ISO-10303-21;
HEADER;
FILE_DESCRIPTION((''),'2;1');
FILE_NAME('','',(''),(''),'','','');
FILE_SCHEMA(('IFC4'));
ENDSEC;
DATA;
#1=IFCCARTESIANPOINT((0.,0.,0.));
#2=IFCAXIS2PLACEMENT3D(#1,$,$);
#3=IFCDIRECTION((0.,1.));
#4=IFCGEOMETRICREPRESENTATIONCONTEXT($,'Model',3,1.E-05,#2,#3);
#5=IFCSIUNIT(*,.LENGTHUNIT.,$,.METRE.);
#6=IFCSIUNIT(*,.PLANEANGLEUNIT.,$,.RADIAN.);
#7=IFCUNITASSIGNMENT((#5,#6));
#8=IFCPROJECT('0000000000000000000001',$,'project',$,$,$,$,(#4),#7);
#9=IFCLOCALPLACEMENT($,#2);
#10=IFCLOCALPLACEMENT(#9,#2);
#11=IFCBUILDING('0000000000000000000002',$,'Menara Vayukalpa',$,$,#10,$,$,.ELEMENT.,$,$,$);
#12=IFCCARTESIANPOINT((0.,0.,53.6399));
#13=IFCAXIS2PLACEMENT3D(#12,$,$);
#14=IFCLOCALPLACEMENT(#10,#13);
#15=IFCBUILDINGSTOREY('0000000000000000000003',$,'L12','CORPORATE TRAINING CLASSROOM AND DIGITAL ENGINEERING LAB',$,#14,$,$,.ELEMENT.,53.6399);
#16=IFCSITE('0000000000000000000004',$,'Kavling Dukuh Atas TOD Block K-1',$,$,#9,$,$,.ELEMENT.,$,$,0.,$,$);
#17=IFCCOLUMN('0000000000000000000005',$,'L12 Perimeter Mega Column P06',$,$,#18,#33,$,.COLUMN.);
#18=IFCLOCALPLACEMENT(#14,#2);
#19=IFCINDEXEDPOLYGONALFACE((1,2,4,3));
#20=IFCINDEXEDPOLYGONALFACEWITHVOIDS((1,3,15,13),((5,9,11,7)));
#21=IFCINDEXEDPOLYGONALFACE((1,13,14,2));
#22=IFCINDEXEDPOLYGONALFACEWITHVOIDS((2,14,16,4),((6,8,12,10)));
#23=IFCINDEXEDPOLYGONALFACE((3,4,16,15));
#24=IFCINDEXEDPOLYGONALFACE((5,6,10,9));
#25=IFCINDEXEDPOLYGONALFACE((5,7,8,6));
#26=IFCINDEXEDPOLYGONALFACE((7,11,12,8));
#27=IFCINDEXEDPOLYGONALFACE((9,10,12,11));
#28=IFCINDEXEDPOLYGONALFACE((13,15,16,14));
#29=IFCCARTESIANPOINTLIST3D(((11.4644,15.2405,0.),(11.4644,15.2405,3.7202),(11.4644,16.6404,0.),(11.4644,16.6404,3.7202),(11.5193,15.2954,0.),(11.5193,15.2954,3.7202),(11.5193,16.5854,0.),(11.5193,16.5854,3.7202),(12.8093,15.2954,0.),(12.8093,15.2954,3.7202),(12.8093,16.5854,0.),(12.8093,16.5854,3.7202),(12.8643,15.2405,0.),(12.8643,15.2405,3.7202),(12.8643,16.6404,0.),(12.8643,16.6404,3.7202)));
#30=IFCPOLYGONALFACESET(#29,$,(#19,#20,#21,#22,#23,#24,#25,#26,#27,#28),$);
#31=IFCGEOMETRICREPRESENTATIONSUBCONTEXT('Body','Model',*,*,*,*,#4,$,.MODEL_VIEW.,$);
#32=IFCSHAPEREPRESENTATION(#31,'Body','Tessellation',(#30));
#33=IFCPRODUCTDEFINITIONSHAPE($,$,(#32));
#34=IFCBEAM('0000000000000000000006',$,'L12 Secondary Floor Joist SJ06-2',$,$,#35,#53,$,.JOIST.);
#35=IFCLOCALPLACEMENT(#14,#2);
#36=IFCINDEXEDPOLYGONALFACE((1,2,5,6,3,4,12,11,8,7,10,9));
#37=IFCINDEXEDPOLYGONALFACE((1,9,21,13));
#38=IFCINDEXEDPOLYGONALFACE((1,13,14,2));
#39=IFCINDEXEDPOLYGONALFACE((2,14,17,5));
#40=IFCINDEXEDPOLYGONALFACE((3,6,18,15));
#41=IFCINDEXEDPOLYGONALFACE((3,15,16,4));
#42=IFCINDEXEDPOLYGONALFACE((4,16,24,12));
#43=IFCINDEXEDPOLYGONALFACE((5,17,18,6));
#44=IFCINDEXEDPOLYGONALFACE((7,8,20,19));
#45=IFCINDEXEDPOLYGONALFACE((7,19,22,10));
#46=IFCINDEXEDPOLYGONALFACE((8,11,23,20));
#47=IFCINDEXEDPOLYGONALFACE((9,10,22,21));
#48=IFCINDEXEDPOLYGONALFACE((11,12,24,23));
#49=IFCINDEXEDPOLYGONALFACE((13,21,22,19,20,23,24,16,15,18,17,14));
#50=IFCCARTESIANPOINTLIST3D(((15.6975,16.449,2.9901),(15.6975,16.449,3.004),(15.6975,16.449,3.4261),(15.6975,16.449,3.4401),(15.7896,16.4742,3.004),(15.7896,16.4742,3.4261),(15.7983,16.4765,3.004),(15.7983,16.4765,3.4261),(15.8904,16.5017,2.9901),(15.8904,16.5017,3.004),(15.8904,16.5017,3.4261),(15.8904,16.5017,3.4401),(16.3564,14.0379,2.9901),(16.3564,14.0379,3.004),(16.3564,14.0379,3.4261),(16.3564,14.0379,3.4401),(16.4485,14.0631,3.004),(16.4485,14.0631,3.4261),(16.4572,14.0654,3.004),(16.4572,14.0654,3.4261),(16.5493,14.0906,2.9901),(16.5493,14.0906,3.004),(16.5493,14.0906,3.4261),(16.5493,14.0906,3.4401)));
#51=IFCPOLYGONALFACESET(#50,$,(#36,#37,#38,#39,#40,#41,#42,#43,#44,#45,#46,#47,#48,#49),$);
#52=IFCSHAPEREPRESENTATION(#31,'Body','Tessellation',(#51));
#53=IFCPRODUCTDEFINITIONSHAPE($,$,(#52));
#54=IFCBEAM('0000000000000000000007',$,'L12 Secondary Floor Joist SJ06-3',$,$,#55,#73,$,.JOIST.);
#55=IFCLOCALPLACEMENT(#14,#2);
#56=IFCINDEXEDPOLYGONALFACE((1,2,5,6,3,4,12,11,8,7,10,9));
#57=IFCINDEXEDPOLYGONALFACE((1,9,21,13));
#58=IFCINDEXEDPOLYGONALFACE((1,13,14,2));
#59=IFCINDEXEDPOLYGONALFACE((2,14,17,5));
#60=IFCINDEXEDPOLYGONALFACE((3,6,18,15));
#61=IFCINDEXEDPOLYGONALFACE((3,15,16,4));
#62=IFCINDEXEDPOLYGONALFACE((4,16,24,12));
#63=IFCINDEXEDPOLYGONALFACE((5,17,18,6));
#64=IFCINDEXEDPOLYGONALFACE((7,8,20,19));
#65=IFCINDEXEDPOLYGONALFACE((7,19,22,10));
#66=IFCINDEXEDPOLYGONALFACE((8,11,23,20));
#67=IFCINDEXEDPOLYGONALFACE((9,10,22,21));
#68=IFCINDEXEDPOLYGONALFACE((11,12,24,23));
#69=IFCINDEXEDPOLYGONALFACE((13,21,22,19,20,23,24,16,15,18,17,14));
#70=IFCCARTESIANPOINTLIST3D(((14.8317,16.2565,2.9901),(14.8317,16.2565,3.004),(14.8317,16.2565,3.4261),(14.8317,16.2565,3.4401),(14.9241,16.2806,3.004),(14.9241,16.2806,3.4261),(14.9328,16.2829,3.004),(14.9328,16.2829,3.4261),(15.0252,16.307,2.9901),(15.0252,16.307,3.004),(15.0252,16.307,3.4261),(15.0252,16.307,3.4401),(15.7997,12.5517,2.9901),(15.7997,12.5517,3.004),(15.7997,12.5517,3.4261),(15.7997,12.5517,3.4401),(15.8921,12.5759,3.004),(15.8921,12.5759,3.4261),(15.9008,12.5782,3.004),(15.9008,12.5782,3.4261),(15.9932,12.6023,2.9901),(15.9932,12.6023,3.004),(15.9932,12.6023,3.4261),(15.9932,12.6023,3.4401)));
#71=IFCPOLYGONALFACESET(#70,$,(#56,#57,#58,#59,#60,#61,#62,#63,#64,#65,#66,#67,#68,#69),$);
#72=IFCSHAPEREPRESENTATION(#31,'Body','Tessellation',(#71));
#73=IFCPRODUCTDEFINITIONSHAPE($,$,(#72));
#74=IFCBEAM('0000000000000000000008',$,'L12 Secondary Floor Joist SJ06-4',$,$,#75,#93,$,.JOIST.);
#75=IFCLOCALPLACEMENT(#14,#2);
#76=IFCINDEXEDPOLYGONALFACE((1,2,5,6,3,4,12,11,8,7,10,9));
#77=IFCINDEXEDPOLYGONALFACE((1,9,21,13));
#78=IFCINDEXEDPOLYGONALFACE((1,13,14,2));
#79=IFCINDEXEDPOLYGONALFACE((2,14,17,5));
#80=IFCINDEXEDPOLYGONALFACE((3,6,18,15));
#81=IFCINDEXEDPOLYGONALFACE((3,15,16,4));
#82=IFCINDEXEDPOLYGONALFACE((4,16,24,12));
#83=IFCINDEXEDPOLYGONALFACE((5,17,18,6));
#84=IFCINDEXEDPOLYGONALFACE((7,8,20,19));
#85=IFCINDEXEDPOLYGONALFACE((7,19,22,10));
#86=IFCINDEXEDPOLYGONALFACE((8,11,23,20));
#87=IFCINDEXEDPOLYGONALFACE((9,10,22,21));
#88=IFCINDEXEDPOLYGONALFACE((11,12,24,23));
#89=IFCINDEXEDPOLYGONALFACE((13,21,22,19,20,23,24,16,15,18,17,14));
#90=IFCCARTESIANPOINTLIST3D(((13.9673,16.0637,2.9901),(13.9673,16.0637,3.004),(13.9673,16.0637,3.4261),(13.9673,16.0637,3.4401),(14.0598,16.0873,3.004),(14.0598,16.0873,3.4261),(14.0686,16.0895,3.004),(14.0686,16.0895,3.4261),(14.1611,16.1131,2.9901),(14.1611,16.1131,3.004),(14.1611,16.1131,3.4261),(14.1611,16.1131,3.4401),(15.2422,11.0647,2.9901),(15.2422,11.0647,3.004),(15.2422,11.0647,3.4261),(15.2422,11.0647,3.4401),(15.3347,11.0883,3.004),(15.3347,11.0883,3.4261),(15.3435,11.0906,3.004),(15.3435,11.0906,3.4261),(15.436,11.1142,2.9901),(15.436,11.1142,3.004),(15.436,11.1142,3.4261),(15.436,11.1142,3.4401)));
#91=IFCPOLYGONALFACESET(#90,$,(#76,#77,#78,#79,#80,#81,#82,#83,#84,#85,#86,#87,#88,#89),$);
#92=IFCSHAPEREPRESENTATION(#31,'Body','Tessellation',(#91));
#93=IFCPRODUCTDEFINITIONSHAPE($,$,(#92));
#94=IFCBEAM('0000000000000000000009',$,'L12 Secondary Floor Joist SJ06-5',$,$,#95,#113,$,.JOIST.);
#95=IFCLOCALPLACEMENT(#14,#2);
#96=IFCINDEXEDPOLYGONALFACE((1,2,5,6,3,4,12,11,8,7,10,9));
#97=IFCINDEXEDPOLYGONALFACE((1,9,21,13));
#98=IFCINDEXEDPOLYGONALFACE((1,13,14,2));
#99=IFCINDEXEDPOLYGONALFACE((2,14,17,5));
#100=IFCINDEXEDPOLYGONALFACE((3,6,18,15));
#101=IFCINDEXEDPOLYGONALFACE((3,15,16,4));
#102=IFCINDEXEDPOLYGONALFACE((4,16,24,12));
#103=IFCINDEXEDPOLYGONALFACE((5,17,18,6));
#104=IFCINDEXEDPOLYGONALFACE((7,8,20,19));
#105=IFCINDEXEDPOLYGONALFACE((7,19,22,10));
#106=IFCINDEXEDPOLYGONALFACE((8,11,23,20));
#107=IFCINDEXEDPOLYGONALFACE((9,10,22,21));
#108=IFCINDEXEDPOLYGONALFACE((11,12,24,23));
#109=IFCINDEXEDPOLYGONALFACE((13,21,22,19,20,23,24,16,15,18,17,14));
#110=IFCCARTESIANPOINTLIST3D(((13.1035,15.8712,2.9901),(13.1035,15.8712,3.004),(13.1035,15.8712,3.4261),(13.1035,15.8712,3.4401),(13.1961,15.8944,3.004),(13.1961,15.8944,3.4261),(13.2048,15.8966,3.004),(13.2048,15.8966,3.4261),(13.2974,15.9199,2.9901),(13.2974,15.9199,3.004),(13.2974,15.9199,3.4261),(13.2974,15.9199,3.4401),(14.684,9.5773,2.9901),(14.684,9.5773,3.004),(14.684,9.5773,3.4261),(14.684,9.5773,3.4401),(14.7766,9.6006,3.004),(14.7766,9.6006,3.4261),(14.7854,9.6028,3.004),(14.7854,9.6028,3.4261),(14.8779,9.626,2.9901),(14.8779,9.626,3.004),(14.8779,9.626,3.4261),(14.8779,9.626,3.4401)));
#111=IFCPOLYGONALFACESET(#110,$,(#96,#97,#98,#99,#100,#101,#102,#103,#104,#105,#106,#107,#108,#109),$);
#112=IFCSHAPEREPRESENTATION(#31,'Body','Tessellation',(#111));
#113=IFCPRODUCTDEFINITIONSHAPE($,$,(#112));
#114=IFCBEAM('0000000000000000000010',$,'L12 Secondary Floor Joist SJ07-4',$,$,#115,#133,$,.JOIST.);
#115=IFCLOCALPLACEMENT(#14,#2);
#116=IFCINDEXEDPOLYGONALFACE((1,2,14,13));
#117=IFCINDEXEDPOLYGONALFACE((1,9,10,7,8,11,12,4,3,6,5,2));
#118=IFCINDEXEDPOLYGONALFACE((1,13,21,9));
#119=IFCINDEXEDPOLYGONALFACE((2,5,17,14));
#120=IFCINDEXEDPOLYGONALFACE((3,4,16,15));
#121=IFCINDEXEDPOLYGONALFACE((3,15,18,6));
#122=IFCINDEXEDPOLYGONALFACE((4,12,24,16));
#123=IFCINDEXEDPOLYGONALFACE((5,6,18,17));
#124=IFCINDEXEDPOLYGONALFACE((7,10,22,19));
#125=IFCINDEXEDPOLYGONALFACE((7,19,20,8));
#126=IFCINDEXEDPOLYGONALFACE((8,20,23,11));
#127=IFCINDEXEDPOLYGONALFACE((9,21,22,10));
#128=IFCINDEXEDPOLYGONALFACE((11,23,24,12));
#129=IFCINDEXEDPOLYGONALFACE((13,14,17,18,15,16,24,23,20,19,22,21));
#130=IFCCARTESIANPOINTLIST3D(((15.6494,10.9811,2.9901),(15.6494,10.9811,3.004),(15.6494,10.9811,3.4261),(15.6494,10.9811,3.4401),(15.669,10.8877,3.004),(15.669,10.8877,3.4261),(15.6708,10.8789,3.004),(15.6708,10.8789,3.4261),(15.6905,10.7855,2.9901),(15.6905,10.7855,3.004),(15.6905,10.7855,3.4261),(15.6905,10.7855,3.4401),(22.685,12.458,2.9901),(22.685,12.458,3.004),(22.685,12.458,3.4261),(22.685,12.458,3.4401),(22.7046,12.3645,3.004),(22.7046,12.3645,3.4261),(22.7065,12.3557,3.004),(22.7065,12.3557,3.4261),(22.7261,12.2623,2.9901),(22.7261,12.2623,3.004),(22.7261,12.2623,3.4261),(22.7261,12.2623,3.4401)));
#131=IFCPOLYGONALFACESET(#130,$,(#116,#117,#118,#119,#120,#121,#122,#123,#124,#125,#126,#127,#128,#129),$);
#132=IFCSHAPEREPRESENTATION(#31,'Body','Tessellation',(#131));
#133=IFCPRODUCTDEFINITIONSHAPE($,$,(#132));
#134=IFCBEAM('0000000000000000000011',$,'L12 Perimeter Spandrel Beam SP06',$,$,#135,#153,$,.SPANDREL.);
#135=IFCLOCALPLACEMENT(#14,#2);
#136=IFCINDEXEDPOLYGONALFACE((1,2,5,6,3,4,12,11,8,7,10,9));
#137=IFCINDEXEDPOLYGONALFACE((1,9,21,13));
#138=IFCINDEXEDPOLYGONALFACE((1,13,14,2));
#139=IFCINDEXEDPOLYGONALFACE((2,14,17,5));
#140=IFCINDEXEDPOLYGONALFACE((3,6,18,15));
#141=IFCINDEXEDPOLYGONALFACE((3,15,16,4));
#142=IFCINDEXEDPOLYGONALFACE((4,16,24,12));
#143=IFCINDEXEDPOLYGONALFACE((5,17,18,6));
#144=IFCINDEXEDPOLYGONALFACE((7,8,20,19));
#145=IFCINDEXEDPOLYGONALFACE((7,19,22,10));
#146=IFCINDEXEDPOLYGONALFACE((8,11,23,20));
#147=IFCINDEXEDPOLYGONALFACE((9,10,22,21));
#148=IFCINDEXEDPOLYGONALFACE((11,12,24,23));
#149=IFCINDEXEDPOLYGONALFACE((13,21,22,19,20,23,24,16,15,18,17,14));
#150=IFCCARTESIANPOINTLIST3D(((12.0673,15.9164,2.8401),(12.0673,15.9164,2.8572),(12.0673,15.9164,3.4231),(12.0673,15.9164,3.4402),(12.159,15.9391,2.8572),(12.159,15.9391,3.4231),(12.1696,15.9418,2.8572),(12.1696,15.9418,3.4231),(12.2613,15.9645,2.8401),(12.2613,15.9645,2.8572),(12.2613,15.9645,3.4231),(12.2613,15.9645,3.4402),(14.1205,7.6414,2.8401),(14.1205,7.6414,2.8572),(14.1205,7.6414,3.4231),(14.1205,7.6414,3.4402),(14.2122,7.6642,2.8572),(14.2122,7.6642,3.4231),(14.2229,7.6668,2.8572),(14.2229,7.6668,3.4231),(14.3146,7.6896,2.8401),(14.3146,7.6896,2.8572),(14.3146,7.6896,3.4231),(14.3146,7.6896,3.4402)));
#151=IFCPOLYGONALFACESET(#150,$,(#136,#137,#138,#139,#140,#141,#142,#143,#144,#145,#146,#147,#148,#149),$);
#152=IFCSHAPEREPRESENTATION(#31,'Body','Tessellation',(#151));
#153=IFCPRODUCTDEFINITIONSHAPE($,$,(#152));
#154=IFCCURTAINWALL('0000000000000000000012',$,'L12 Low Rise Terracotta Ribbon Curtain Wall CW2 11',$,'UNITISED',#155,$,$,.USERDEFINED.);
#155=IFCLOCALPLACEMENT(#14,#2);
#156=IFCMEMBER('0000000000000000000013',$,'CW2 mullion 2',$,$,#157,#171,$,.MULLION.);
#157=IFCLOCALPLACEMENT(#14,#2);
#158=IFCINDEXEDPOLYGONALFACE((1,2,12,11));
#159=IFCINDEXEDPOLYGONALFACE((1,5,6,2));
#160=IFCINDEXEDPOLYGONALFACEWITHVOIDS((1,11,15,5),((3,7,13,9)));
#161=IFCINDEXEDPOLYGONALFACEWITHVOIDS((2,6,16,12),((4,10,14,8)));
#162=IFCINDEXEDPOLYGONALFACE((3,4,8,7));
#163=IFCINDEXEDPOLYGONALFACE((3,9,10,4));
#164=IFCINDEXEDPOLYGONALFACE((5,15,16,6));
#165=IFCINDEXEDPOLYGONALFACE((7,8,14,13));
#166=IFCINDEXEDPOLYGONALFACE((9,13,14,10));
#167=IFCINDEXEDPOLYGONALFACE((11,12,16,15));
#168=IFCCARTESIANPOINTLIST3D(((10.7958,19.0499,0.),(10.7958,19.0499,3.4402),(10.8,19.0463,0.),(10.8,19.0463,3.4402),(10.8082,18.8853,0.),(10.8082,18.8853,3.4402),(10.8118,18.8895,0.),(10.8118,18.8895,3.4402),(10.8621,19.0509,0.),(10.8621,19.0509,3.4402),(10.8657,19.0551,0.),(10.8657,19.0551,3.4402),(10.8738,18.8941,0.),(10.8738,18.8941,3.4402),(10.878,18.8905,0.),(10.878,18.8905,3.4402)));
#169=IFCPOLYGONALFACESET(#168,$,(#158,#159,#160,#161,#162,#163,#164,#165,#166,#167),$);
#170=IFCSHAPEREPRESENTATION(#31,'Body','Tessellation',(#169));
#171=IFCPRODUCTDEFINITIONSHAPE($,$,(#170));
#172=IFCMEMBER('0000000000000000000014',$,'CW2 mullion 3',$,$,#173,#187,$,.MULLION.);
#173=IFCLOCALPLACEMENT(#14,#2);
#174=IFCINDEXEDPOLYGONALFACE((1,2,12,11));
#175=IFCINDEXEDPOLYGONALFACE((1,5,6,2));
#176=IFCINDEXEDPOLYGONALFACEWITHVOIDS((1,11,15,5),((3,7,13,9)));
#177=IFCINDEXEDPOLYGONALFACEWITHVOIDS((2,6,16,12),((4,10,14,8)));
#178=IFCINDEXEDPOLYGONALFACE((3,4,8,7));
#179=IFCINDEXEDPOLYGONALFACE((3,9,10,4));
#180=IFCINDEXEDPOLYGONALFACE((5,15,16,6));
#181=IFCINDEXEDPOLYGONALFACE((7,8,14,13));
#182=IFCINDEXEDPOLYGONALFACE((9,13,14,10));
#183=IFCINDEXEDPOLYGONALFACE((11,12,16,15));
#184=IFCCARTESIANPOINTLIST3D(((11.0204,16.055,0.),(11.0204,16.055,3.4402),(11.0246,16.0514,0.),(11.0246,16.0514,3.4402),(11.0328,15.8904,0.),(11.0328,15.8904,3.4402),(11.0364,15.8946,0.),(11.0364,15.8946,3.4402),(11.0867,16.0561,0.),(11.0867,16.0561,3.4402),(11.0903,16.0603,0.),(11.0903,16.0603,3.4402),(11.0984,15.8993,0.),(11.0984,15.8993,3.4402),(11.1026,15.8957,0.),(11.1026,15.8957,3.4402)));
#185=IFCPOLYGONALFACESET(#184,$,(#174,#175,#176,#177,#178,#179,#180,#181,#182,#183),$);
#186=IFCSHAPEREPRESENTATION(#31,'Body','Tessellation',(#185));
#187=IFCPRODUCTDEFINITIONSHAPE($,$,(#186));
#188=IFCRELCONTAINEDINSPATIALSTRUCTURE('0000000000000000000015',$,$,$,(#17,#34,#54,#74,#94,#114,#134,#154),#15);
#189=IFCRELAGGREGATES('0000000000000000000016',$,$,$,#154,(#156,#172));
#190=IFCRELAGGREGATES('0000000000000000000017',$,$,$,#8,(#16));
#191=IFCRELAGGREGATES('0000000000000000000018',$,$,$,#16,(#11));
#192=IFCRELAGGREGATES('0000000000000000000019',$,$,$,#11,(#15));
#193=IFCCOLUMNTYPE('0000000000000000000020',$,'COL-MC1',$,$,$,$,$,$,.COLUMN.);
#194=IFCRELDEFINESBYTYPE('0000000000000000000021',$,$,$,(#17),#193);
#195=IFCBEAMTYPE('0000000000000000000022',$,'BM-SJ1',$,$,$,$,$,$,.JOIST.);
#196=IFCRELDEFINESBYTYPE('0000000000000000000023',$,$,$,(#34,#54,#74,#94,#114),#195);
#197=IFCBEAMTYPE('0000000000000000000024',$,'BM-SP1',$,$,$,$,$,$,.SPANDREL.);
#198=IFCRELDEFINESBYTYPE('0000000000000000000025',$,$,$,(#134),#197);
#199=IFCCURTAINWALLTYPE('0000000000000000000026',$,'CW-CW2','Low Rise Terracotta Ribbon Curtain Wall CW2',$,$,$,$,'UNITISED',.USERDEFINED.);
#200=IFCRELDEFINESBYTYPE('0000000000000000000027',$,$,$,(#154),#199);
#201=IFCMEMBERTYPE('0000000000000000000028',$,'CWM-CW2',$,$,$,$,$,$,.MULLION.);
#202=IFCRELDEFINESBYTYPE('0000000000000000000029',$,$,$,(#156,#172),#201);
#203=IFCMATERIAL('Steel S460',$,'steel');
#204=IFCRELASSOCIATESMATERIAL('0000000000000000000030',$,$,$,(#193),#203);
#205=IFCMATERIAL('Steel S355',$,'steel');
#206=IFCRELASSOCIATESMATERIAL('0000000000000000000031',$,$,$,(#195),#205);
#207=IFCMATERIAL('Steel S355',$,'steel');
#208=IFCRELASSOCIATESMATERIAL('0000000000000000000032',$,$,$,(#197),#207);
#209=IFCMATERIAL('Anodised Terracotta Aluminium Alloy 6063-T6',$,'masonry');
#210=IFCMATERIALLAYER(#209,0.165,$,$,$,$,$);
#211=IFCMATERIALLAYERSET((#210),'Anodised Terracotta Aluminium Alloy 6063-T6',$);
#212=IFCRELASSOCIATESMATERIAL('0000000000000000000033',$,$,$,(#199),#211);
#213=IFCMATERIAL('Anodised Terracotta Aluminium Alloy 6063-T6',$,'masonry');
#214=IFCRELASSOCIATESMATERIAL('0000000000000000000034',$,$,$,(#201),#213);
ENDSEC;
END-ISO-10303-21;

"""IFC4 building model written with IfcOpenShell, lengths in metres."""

from ifc_helpers import new_model, si_unit, direction, frame, origin, origin_2d, place, context, subcontext, project, spatial, hollow_rectangle, i_section, extrude, material, layer, layer_set, material_profile, profile_set, type_object, element, aggregate, save


model = new_model("IFC4")

# Units and contexts
model_context = context("Model", 3, precision=1e-05, world=origin(), true_north=direction((0.0, 1.0)))
body_context = subcontext(model_context, "Body", "Model", "MODEL_VIEW")
ifc_project = project(units=[si_unit("LENGTHUNIT", "METRE"), si_unit("PLANEANGLEUNIT", "RADIAN")], contexts=[model_context])

# Site, building, storey
site_placement = place(None, origin())
site = spatial("IfcSite", under=ifc_project, at=site_placement, Name="Kavling Dukuh Atas TOD Block K-1", CompositionType="ELEMENT", RefElevation=0.0)
building_placement = place(site_placement, origin())
building = spatial("IfcBuilding", under=site, at=building_placement, Name="Menara Vayukalpa", CompositionType="ELEMENT")
storey_placement = place(building_placement, frame((0.0, 0.0, 53.6399)))
storey = spatial("IfcBuildingStorey", under=building, at=storey_placement, Name="L12", Description="CORPORATE TRAINING CLASSROOM AND DIGITAL ENGINEERING LAB", CompositionType="ELEMENT", Elevation=53.6399)

# Column
ifc_material_1 = material(Name="Steel S460", Category="steel")
ifc_material_profile_1 = material_profile(ifc_material_1, hollow_rectangle(XDim=1.3999, YDim=1.3999, WallThickness=0.0549, at=origin_2d()), Name="BOX 1400x1400x55")
ifc_profile_set_1 = profile_set([ifc_material_profile_1], Name="Steel S460")
column_type = type_object("IfcColumnType", Name="COL-MC1", PredefinedType="COLUMN", material=ifc_profile_set_1)
column_placement = place(storey_placement, frame((12.1643, 15.9404, 0.0), z_axis=(0.0, 0.0, 1.0), x_axis=(1.0, 0.0, 0.0)))
element("IfcColumn", 1, at=column_placement, inside=storey, type_object=column_type, Name="L12 Perimeter Mega Column P06", PredefinedType="COLUMN", context=body_context, shape_type="SweptSolid", body=[
    extrude(hollow_rectangle(XDim=1.3999, YDim=1.3999, WallThickness=0.0549, at=origin_2d()), origin(), (0.0, 0.0, 1.0), 3.7202),
])

# Beams
ifc_material_2 = material(Name="Steel S355", Category="steel")
ifc_material_profile_2 = material_profile(ifc_material_2, i_section(OverallWidth=0.2, OverallDepth=0.45, WebThickness=0.009, FlangeThickness=0.0139, at=origin_2d()), Name="WF 450x200x9x14")
ifc_profile_set_2 = profile_set([ifc_material_profile_2], Name="Steel S355")
beam_type_1 = type_object("IfcBeamType", Name="BM-SJ1", PredefinedType="JOIST", material=ifc_profile_set_2)
beam_1_placement = place(storey_placement, frame((15.7939, 16.4753, 3.2151), z_axis=(0.263622, -0.964626, 0.0), x_axis=(0.964626, 0.263622, 0.0)))
element("IfcBeam", 2, at=beam_1_placement, inside=storey, type_object=beam_type_1, Name="L12 Secondary Floor Joist SJ06-2", PredefinedType="JOIST", context=body_context, shape_type="SweptSolid", body=[
    extrude(i_section(OverallWidth=0.2, OverallDepth=0.45, WebThickness=0.009, FlangeThickness=0.0139, at=origin_2d()), origin(), (0.0, 0.0, 1.0), 2.4995),
])
beam_2_placement = place(storey_placement, frame((14.9285, 16.2817, 3.2151), z_axis=(0.252798, -0.967519, 0.0), x_axis=(0.967519, 0.252798, 0.0)))
element("IfcBeam", 3, at=beam_2_placement, inside=storey, type_object=beam_type_1, Name="L12 Secondary Floor Joist SJ06-3", PredefinedType="JOIST", context=body_context, shape_type="SweptSolid", body=[
    extrude(i_section(OverallWidth=0.2, OverallDepth=0.45, WebThickness=0.009, FlangeThickness=0.0139, at=origin_2d()), origin(), (0.0, 0.0, 1.0), 3.8291),
])
beam_3_placement = place(storey_placement, frame((14.0642, 16.0884, 3.2151), z_axis=(0.24712, -0.968985, 0.0), x_axis=(0.968985, 0.24712, 0.0)))
element("IfcBeam", 4, at=beam_3_placement, inside=storey, type_object=beam_type_1, Name="L12 Secondary Floor Joist SJ06-4", PredefinedType="JOIST", context=body_context, shape_type="SweptSolid", body=[
    extrude(i_section(OverallWidth=0.2, OverallDepth=0.45, WebThickness=0.009, FlangeThickness=0.0139, at=origin_2d()), origin(), (0.0, 0.0, 1.0), 5.1589),
])
beam_4_placement = place(storey_placement, frame((13.2004, 15.8955, 3.2151), z_axis=(0.243562, -0.969885, 0.0), x_axis=(0.969885, 0.243562, 0.0)))
element("IfcBeam", 5, at=beam_4_placement, inside=storey, type_object=beam_type_1, Name="L12 Secondary Floor Joist SJ06-5", PredefinedType="JOIST", context=body_context, shape_type="SweptSolid", body=[
    extrude(i_section(OverallWidth=0.2, OverallDepth=0.45, WebThickness=0.009, FlangeThickness=0.0139, at=origin_2d()), origin(), (0.0, 0.0, 1.0), 6.4893),
])
beam_5_placement = place(storey_placement, frame((15.6699, 10.8833, 3.2151), z_axis=(0.978672, 0.205427, 0.0), x_axis=(-0.205427, 0.978672, 0.0)))
element("IfcBeam", 6, at=beam_5_placement, inside=storey, type_object=beam_type_1, Name="L12 Secondary Floor Joist SJ07-4", PredefinedType="JOIST", context=body_context, shape_type="SweptSolid", body=[
    extrude(i_section(OverallWidth=0.2, OverallDepth=0.45, WebThickness=0.009, FlangeThickness=0.0139, at=origin_2d()), origin(), (0.0, 0.0, 1.0), 7.189),
])
ifc_material_3 = material(Name="Steel S355", Category="steel")
ifc_material_profile_3 = material_profile(ifc_material_3, i_section(OverallWidth=0.2, OverallDepth=0.6001, WebThickness=0.011, FlangeThickness=0.0171, at=origin_2d()), Name="WF 600x200x11x17")
ifc_profile_set_3 = profile_set([ifc_material_profile_3], Name="Steel S355")
beam_type_2 = type_object("IfcBeamType", Name="BM-SP1", PredefinedType="SPANDREL", material=ifc_profile_set_3)
beam_6_placement = place(storey_placement, frame((12.1643, 15.9404, 3.1401), z_axis=(0.240824, -0.970569, 0.0), x_axis=(0.970569, 0.240824, 0.0)))
element("IfcBeam", 7, at=beam_6_placement, inside=storey, type_object=beam_type_2, Name="L12 Perimeter Spandrel Beam SP06", PredefinedType="SPANDREL", context=body_context, shape_type="SweptSolid", body=[
    extrude(i_section(OverallWidth=0.2, OverallDepth=0.6001, WebThickness=0.011, FlangeThickness=0.0171, at=origin_2d()), origin(), (0.0, 0.0, 1.0), 8.5259),
])

# Curtain wall, members
ifc_material_4 = material(Name="Anodised Terracotta Aluminium Alloy 6063-T6", Category="masonry")
ifc_layer_1 = layer(ifc_material_4, 0.165)
ifc_layer_set_1 = layer_set([ifc_layer_1], Name="Anodised Terracotta Aluminium Alloy 6063-T6")
curtain_wall_type = type_object("IfcCurtainWallType", Name="CW-CW2", Description="Low Rise Terracotta Ribbon Curtain Wall CW2", ElementType="UNITISED", PredefinedType="USERDEFINED", material=ifc_layer_set_1)
curtain_wall_placement = place(storey_placement, origin())
curtain_wall = element("IfcCurtainWall", 8, at=curtain_wall_placement, inside=storey, type_object=curtain_wall_type, Name="L12 Low Rise Terracotta Ribbon Curtain Wall CW2 11", ObjectType="UNITISED", PredefinedType="USERDEFINED")
ifc_material_5 = material(Name="Anodised Terracotta Aluminium Alloy 6063-T6", Category="masonry")
ifc_material_profile_4 = material_profile(ifc_material_5, hollow_rectangle(XDim=0.0701, YDim=0.165, WallThickness=0.0039, at=origin_2d()), Name="ALU 70x165x4")
ifc_profile_set_4 = profile_set([ifc_material_profile_4], Name="Anodised Terracotta Aluminium Alloy 6063-T6")
member_type_1 = type_object("IfcMemberType", Name="CWM-CW2", PredefinedType="MULLION", material=ifc_profile_set_4)
member_1_placement = place(storey_placement, frame((10.8369, 18.9702, 0.0), z_axis=(0.0, 0.0, 1.0), x_axis=(0.997199, 0.074795, 0.0)))
member_1 = element("IfcMember", 9, at=member_1_placement, type_object=member_type_1, Name="CW2 mullion 2", PredefinedType="MULLION", context=body_context, shape_type="SweptSolid", body=[
    extrude(hollow_rectangle(XDim=0.0701, YDim=0.165, WallThickness=0.0039, at=origin_2d()), origin(), (0.0, 0.0, 1.0), 3.4402),
])
member_2_placement = place(storey_placement, frame((11.0615, 15.9753, 0.0), z_axis=(0.0, 0.0, 1.0), x_axis=(0.997199, 0.074795, 0.0)))
member_2 = element("IfcMember", 10, at=member_2_placement, type_object=member_type_1, Name="CW2 mullion 3", PredefinedType="MULLION", context=body_context, shape_type="SweptSolid", body=[
    extrude(hollow_rectangle(XDim=0.0701, YDim=0.165, WallThickness=0.0039, at=origin_2d()), origin(), (0.0, 0.0, 1.0), 3.4402),
])
aggregate(curtain_wall, [member_1, member_2])

save(model, "model.ifc")
